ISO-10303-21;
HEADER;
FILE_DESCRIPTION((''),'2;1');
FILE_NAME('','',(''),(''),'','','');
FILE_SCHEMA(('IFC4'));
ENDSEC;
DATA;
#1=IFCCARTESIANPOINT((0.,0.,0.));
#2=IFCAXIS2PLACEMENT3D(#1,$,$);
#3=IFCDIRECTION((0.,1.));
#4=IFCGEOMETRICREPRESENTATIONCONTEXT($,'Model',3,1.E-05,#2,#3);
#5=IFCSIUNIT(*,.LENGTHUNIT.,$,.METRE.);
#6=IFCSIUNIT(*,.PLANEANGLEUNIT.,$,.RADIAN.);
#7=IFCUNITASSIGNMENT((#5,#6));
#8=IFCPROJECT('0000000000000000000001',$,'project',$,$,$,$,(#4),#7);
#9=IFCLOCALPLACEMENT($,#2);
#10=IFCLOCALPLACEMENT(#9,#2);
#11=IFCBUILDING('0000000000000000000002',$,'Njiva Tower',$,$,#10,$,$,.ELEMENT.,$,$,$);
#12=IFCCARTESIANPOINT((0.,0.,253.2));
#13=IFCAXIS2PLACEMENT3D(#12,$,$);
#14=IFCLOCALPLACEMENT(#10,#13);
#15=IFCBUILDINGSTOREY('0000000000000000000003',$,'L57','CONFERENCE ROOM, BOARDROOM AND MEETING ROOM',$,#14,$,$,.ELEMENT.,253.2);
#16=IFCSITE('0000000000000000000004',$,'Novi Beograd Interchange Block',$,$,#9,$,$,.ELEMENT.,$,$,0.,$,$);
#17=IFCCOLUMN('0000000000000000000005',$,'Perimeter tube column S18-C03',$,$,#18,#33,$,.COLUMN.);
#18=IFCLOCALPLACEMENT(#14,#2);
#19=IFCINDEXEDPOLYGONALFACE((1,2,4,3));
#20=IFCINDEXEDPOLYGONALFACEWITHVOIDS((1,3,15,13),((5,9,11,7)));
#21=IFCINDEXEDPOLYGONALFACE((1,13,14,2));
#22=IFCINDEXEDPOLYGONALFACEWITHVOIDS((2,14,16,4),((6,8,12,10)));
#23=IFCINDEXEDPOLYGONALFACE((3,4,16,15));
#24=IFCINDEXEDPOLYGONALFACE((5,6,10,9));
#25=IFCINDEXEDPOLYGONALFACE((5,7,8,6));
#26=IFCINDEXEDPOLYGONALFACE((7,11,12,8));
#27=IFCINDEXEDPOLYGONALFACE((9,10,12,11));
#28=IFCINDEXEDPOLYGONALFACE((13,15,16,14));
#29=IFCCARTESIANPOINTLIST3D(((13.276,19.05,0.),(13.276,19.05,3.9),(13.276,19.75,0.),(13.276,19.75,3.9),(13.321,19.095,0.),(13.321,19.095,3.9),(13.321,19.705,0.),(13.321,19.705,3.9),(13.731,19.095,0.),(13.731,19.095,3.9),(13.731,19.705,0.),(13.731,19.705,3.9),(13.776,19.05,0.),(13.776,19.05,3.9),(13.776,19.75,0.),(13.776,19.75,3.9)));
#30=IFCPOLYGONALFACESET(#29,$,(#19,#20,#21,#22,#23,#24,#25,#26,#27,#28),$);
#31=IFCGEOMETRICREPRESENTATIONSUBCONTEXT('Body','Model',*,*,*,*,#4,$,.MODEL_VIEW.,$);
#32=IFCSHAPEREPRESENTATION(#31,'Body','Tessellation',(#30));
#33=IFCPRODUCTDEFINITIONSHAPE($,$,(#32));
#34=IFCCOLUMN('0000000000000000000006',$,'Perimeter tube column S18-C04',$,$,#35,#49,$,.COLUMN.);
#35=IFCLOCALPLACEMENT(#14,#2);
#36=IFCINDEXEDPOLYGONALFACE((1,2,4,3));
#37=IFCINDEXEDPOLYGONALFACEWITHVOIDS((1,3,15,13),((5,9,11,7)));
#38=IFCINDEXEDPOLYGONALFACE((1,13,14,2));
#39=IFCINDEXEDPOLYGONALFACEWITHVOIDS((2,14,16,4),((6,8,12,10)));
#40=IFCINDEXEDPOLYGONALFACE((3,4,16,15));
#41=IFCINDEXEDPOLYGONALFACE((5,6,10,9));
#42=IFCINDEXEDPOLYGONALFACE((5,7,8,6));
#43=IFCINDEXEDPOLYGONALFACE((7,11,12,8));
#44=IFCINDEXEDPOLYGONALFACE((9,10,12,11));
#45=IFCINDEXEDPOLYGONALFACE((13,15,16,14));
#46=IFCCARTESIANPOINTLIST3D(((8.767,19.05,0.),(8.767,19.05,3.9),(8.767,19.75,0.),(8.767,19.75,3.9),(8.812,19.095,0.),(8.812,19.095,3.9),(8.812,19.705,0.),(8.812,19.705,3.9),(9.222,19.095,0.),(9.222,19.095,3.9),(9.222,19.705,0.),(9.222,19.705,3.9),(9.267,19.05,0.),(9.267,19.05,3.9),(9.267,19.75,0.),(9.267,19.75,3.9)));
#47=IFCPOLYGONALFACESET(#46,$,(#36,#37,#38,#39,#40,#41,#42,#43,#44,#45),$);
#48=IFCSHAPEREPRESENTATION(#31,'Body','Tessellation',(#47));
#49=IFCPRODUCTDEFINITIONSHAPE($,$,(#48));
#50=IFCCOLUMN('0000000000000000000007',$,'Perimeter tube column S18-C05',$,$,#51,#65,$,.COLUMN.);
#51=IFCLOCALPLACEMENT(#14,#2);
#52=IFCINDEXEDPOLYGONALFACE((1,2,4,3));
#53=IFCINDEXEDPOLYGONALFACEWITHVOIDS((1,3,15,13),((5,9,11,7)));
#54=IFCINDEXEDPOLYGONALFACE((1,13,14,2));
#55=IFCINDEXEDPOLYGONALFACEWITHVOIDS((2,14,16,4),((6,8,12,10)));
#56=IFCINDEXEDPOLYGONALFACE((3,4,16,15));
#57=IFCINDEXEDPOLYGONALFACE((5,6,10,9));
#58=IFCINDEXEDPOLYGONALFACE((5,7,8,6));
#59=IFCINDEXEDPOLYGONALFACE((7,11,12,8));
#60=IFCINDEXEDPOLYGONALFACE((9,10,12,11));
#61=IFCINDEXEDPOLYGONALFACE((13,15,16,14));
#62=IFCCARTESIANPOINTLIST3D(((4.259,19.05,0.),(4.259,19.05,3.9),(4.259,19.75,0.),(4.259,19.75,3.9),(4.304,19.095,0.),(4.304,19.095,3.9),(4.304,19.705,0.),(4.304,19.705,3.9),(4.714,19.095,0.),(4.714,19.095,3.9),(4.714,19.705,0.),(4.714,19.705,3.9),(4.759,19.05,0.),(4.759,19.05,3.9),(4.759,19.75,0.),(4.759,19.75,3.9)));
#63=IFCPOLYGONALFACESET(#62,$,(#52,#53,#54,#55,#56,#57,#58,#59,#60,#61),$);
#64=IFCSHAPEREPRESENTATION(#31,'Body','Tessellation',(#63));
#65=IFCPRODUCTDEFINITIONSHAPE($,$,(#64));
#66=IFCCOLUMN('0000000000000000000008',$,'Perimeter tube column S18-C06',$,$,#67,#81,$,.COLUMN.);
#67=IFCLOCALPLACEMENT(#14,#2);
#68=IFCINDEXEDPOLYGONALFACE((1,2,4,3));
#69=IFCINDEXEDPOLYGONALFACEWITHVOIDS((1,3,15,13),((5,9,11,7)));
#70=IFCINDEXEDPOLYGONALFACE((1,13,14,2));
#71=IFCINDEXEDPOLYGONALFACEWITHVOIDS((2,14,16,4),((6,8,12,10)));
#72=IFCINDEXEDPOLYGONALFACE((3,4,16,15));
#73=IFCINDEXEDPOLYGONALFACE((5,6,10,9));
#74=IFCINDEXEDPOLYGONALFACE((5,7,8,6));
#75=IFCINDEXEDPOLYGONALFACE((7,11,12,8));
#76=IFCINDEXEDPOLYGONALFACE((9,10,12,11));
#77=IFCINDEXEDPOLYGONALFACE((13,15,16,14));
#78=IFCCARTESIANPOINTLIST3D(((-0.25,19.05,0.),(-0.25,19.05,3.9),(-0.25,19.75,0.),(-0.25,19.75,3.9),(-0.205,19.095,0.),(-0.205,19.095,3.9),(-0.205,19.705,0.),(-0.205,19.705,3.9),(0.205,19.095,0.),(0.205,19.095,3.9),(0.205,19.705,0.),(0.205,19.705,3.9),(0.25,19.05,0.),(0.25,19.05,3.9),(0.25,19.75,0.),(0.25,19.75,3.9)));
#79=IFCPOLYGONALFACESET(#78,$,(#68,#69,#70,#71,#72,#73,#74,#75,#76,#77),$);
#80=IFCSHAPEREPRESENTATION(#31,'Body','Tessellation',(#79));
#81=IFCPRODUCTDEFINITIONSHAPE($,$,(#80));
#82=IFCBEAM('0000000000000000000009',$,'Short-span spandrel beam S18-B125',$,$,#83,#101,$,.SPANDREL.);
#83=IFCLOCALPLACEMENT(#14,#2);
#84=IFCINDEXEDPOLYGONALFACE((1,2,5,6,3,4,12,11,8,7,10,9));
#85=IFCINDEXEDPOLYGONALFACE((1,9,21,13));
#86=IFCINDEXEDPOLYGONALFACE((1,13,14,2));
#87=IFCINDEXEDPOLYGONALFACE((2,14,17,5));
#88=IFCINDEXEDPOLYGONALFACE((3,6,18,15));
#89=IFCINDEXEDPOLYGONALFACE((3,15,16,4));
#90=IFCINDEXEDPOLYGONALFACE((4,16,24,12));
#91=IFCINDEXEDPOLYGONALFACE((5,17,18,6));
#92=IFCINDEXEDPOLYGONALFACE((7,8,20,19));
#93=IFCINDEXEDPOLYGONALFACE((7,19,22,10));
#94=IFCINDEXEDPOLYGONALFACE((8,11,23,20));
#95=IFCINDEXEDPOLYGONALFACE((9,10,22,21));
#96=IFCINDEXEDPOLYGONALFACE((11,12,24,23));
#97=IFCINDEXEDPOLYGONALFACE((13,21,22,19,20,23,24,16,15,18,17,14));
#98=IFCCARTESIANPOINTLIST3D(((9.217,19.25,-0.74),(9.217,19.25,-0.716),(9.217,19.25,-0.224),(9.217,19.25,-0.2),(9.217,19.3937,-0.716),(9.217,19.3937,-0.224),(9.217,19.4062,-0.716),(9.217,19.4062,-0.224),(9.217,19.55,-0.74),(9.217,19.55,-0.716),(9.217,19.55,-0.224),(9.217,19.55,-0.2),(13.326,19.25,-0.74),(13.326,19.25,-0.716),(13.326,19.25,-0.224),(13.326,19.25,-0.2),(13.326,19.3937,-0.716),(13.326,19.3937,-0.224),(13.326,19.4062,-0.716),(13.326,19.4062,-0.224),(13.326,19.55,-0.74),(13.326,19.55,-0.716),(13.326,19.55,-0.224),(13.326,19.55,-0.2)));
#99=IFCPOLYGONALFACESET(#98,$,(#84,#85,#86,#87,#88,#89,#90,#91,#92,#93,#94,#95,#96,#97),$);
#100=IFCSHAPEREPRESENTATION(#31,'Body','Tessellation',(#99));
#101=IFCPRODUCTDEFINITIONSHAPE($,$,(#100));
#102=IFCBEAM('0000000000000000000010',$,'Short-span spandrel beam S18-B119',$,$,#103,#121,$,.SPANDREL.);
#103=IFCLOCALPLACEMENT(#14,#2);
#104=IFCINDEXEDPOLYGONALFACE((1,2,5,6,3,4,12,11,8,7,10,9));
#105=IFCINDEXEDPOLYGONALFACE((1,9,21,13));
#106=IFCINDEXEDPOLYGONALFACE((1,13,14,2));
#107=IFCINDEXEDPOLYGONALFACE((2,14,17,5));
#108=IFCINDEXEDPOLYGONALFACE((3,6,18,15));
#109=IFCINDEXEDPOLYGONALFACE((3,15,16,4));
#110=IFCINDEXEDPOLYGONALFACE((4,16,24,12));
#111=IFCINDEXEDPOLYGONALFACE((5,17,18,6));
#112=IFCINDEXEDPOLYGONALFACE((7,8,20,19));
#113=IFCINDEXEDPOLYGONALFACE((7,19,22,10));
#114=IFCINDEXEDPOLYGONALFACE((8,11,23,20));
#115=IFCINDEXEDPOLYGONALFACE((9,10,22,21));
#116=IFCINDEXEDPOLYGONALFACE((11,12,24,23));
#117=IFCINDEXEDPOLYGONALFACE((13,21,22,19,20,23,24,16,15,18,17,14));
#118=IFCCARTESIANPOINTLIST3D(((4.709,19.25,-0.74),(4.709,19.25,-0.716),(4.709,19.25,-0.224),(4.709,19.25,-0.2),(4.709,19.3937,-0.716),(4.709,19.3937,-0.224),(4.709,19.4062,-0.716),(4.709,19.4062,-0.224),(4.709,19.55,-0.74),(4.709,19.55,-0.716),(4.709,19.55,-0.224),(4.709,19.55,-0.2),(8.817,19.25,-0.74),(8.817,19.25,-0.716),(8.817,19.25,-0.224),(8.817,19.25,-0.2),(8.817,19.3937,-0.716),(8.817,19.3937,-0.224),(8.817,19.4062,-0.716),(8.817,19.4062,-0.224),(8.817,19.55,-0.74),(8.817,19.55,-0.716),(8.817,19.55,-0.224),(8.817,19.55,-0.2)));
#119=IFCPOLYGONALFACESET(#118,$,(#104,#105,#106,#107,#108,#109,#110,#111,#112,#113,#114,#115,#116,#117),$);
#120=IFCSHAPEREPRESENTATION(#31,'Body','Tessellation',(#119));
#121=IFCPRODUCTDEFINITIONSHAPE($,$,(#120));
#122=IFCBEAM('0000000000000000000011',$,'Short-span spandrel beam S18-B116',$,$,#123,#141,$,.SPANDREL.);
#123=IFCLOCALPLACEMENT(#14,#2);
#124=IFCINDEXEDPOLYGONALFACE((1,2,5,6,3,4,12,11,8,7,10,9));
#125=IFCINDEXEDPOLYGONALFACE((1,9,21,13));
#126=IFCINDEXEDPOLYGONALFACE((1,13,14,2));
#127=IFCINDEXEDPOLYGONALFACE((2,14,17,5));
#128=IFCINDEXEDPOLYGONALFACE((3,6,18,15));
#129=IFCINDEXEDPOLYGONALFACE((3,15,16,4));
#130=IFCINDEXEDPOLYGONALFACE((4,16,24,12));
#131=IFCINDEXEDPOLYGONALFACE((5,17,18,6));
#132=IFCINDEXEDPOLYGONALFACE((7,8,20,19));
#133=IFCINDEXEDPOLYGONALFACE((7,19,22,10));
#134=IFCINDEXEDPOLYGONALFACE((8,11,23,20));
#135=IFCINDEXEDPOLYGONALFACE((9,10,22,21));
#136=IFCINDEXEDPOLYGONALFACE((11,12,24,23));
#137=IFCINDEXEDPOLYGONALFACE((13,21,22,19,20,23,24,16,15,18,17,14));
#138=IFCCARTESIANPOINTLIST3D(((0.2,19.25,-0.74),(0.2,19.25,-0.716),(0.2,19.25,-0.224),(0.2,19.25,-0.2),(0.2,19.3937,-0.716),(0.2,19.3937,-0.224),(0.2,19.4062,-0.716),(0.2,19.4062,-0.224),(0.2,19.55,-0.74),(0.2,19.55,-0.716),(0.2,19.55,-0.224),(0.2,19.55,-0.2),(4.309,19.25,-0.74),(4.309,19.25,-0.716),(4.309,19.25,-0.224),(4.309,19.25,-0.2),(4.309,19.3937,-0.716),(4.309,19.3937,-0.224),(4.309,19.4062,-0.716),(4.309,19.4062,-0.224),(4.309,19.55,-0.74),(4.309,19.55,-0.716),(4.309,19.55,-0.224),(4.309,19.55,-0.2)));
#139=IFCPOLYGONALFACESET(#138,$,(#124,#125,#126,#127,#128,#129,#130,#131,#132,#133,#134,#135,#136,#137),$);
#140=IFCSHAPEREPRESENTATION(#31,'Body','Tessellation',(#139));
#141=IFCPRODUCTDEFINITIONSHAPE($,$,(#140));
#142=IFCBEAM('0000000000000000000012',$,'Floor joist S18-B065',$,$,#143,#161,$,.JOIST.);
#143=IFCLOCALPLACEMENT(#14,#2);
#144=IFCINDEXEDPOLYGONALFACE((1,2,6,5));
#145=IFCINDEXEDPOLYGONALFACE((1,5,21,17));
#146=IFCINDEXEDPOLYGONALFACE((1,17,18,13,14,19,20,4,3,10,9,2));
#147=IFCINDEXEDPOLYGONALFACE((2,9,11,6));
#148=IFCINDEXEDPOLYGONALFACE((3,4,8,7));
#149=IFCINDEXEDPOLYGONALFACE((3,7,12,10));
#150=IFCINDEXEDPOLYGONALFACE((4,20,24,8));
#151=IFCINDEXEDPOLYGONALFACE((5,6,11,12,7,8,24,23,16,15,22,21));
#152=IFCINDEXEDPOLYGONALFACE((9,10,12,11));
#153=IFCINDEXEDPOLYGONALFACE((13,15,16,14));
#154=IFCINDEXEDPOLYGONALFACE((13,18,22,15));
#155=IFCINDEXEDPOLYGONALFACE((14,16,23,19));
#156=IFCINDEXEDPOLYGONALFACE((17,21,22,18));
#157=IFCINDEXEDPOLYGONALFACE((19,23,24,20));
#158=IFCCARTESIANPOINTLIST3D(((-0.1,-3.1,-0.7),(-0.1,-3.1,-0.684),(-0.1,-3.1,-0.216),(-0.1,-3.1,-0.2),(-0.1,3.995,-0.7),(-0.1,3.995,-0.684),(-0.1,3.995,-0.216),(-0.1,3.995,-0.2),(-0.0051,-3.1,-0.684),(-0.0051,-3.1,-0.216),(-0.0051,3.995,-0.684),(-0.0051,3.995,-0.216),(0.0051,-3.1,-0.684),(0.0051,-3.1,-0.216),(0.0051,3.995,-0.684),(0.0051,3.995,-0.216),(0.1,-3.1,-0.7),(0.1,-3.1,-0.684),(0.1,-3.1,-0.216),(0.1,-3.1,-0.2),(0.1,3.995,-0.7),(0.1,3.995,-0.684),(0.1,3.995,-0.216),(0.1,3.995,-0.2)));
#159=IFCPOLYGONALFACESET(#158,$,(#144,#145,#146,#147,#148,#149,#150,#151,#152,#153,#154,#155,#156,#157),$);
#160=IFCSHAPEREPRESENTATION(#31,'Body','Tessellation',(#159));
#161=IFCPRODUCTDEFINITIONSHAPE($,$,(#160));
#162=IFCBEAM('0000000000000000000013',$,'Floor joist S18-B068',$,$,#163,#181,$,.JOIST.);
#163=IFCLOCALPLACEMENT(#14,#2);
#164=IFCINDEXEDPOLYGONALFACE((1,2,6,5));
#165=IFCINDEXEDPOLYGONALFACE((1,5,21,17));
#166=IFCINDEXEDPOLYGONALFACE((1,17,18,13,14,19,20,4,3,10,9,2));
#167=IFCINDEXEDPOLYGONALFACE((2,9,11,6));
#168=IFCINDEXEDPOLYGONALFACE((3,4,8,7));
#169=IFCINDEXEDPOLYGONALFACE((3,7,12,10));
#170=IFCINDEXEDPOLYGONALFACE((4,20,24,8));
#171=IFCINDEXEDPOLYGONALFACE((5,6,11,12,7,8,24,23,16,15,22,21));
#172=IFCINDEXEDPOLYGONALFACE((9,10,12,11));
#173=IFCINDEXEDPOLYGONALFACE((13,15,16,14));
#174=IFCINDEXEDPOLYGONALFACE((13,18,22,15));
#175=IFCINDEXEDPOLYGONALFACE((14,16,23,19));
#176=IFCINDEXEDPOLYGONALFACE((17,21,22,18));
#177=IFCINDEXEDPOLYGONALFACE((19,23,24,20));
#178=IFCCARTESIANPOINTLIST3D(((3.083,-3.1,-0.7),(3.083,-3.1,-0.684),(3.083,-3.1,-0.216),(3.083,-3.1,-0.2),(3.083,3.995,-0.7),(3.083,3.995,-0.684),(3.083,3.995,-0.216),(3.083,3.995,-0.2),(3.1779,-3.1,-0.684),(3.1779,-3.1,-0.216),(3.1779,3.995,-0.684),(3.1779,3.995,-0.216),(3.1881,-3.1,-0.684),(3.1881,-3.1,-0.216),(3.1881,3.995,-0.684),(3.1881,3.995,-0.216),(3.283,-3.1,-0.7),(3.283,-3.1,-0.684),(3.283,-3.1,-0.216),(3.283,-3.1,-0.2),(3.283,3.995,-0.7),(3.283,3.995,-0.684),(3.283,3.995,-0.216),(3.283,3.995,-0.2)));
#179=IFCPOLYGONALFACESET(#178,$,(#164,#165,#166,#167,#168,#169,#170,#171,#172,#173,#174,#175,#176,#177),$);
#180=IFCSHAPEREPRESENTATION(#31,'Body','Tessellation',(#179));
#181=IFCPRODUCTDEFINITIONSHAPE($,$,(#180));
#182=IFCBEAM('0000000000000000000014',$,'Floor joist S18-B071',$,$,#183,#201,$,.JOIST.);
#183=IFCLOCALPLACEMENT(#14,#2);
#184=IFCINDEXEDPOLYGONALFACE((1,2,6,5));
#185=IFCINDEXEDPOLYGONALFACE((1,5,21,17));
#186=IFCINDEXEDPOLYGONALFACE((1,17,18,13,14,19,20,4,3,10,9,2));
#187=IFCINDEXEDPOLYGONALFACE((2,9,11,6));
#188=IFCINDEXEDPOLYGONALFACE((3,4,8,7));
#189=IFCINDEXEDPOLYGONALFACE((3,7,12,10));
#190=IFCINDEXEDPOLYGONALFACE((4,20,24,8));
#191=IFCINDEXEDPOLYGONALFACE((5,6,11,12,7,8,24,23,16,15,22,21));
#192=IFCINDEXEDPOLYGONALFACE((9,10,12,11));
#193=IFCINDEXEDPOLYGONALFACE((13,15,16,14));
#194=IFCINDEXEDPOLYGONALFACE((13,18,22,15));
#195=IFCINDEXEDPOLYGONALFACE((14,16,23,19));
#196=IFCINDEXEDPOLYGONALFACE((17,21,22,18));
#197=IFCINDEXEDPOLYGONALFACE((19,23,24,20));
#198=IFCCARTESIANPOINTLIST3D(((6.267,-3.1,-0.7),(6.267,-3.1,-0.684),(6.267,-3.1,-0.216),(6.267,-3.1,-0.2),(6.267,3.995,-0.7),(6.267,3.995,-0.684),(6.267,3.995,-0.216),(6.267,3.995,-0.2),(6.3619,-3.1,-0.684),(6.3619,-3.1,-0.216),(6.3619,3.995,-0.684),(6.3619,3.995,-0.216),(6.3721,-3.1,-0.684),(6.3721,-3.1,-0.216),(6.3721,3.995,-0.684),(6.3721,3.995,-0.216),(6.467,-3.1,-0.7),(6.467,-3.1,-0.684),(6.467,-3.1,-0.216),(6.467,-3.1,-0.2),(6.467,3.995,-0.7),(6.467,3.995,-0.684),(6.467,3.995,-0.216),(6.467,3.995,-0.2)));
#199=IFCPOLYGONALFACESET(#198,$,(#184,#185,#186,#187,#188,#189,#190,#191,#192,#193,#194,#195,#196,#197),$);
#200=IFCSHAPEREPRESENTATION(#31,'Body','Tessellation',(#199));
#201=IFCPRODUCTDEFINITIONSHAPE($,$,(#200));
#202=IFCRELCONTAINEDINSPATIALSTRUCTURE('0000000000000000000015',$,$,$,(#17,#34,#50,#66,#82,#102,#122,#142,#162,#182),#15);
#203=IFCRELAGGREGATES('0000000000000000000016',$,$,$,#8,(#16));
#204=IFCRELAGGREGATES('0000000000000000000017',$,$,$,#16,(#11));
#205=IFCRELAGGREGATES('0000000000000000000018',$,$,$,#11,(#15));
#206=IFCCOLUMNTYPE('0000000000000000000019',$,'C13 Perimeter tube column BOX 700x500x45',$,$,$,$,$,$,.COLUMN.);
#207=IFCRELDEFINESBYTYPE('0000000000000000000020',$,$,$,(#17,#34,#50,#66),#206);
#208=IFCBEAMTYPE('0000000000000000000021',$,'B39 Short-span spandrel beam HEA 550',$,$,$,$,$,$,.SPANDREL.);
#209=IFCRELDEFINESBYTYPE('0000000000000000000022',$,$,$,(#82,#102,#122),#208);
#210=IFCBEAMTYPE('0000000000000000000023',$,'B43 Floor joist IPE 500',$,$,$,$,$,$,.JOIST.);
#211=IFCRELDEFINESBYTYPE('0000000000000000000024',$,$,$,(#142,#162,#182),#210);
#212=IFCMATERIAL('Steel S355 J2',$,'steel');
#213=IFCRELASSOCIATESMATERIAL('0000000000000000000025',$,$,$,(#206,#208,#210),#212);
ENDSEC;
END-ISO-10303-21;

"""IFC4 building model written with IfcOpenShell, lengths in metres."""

from ifc_helpers import new_model, si_unit, direction, frame, origin, origin_2d, place, context, subcontext, project, spatial, hollow_rectangle, i_section, extrude, material, material_profile, profile_set, type_object, element, save


model = new_model("IFC4")

# Units and contexts
model_context = context("Model", 3, precision=1e-05, world=origin(), true_north=direction((0.0, 1.0)))
body_context = subcontext(model_context, "Body", "Model", "MODEL_VIEW")
ifc_project = project(units=[si_unit("LENGTHUNIT", "METRE"), si_unit("PLANEANGLEUNIT", "RADIAN")], contexts=[model_context])

# Site, building, storey
site_placement = place(None, origin())
site = spatial("IfcSite", under=ifc_project, at=site_placement, Name="Novi Beograd Interchange Block", CompositionType="ELEMENT", RefElevation=0.0)
building_placement = place(site_placement, origin())
building = spatial("IfcBuilding", under=site, at=building_placement, Name="Njiva Tower", CompositionType="ELEMENT")
storey_placement = place(building_placement, frame((0.0, 0.0, 253.2)))
storey = spatial("IfcBuildingStorey", under=building, at=storey_placement, Name="L57", Description="CONFERENCE ROOM, BOARDROOM AND MEETING ROOM", CompositionType="ELEMENT", Elevation=253.2)

# Columns
ifc_material_1 = material(Name="Steel S355 J2", Category="steel")
ifc_material_profile_1 = material_profile(ifc_material_1, hollow_rectangle(XDim=0.5, YDim=0.7, WallThickness=0.045, at=origin_2d()), Name="BOX 700x500x45")
ifc_profile_set_1 = profile_set([ifc_material_profile_1], Name="Steel S355 J2")
column_type = type_object("IfcColumnType", Name="C13 Perimeter tube column BOX 700x500x45", PredefinedType="COLUMN", material=ifc_profile_set_1)
for number, where, z_axis, x_axis, name in (
    (1, (13.526, 19.4, 0.0), (0.0, 0.0, 1.0), (-1.0, 0.0, 0.0), "Perimeter tube column S18-C03"),
    (2, (9.017, 19.4, 0.0), (0.0, 0.0, 1.0), (-1.0, 0.0, 0.0), "Perimeter tube column S18-C04"),
    (3, (4.509, 19.4, 0.0), (0.0, 0.0, 1.0), (-1.0, 0.0, 0.0), "Perimeter tube column S18-C05"),
    (4, (0.0, 19.4, 0.0), (0.0, 0.0, 1.0), (-1.0, 0.0, 0.0), "Perimeter tube column S18-C06"),
):
    element("IfcColumn", number, at=place(storey_placement, frame(where, z_axis=z_axis, x_axis=x_axis)), inside=storey, type_object=column_type, Name=name, PredefinedType="COLUMN", context=body_context, shape_type="SweptSolid", body=[
        extrude(hollow_rectangle(XDim=0.5, YDim=0.7, WallThickness=0.045, at=origin_2d()), origin(), (0.0, 0.0, 1.0), 3.9),
    ])

# Beams
ifc_material_profile_2 = material_profile(ifc_material_1, i_section(OverallWidth=0.3, OverallDepth=0.54, WebThickness=0.0125, FlangeThickness=0.024, at=origin_2d()), Name="HEA 550")
ifc_profile_set_2 = profile_set([ifc_material_profile_2], Name="Steel S355 J2")
beam_type_1 = type_object("IfcBeamType", Name="B39 Short-span spandrel beam HEA 550", PredefinedType="SPANDREL", material=ifc_profile_set_2)
beam_1_placement = place(storey_placement, frame((13.326, 19.4, -0.47), z_axis=(-1.0, 0.0, 0.0), x_axis=(0.0, -1.0, 0.0)))
element("IfcBeam", 5, at=beam_1_placement, inside=storey, type_object=beam_type_1, Name="Short-span spandrel beam S18-B125", PredefinedType="SPANDREL", context=body_context, shape_type="SweptSolid", body=[
    extrude(i_section(OverallWidth=0.3, OverallDepth=0.54, WebThickness=0.0125, FlangeThickness=0.024, at=origin_2d()), origin(), (0.0, 0.0, 1.0), 4.109),
])
beam_2_placement = place(storey_placement, frame((8.817, 19.4, -0.47), z_axis=(-1.0, 0.0, 0.0), x_axis=(0.0, -1.0, 0.0)))
element("IfcBeam", 6, at=beam_2_placement, inside=storey, type_object=beam_type_1, Name="Short-span spandrel beam S18-B119", PredefinedType="SPANDREL", context=body_context, shape_type="SweptSolid", body=[
    extrude(i_section(OverallWidth=0.3, OverallDepth=0.54, WebThickness=0.0125, FlangeThickness=0.024, at=origin_2d()), origin(), (0.0, 0.0, 1.0), 4.108),
])
beam_3_placement = place(storey_placement, frame((4.309, 19.4, -0.47), z_axis=(-1.0, 0.0, 0.0), x_axis=(0.0, -1.0, 0.0)))
element("IfcBeam", 7, at=beam_3_placement, inside=storey, type_object=beam_type_1, Name="Short-span spandrel beam S18-B116", PredefinedType="SPANDREL", context=body_context, shape_type="SweptSolid", body=[
    extrude(i_section(OverallWidth=0.3, OverallDepth=0.54, WebThickness=0.0125, FlangeThickness=0.024, at=origin_2d()), origin(), (0.0, 0.0, 1.0), 4.109),
])
ifc_material_profile_3 = material_profile(ifc_material_1, i_section(OverallWidth=0.2, OverallDepth=0.5, WebThickness=0.0102, FlangeThickness=0.016, at=origin_2d()), Name="IPE 500")
ifc_profile_set_3 = profile_set([ifc_material_profile_3], Name="Steel S355 J2")
beam_type_2 = type_object("IfcBeamType", Name="B43 Floor joist IPE 500", PredefinedType="JOIST", material=ifc_profile_set_3)
for number, where, z_axis, x_axis, name in (
    (8, (0.0, 3.995, -0.45), (0.0, -1.0, 0.0), (1.0, 0.0, 0.0), "Floor joist S18-B065"),
    (9, (3.183, 3.995, -0.45), (0.0, -1.0, 0.0), (1.0, 0.0, 0.0), "Floor joist S18-B068"),
    (10, (6.367, 3.995, -0.45), (0.0, -1.0, 0.0), (1.0, 0.0, 0.0), "Floor joist S18-B071"),
):
    element("IfcBeam", number, at=place(storey_placement, frame(where, z_axis=z_axis, x_axis=x_axis)), inside=storey, type_object=beam_type_2, Name=name, PredefinedType="JOIST", context=body_context, shape_type="SweptSolid", body=[
        extrude(i_section(OverallWidth=0.2, OverallDepth=0.5, WebThickness=0.0102, FlangeThickness=0.016, at=origin_2d()), origin(), (0.0, 0.0, 1.0), 7.095),
    ])

save(model, "model.ifc")
